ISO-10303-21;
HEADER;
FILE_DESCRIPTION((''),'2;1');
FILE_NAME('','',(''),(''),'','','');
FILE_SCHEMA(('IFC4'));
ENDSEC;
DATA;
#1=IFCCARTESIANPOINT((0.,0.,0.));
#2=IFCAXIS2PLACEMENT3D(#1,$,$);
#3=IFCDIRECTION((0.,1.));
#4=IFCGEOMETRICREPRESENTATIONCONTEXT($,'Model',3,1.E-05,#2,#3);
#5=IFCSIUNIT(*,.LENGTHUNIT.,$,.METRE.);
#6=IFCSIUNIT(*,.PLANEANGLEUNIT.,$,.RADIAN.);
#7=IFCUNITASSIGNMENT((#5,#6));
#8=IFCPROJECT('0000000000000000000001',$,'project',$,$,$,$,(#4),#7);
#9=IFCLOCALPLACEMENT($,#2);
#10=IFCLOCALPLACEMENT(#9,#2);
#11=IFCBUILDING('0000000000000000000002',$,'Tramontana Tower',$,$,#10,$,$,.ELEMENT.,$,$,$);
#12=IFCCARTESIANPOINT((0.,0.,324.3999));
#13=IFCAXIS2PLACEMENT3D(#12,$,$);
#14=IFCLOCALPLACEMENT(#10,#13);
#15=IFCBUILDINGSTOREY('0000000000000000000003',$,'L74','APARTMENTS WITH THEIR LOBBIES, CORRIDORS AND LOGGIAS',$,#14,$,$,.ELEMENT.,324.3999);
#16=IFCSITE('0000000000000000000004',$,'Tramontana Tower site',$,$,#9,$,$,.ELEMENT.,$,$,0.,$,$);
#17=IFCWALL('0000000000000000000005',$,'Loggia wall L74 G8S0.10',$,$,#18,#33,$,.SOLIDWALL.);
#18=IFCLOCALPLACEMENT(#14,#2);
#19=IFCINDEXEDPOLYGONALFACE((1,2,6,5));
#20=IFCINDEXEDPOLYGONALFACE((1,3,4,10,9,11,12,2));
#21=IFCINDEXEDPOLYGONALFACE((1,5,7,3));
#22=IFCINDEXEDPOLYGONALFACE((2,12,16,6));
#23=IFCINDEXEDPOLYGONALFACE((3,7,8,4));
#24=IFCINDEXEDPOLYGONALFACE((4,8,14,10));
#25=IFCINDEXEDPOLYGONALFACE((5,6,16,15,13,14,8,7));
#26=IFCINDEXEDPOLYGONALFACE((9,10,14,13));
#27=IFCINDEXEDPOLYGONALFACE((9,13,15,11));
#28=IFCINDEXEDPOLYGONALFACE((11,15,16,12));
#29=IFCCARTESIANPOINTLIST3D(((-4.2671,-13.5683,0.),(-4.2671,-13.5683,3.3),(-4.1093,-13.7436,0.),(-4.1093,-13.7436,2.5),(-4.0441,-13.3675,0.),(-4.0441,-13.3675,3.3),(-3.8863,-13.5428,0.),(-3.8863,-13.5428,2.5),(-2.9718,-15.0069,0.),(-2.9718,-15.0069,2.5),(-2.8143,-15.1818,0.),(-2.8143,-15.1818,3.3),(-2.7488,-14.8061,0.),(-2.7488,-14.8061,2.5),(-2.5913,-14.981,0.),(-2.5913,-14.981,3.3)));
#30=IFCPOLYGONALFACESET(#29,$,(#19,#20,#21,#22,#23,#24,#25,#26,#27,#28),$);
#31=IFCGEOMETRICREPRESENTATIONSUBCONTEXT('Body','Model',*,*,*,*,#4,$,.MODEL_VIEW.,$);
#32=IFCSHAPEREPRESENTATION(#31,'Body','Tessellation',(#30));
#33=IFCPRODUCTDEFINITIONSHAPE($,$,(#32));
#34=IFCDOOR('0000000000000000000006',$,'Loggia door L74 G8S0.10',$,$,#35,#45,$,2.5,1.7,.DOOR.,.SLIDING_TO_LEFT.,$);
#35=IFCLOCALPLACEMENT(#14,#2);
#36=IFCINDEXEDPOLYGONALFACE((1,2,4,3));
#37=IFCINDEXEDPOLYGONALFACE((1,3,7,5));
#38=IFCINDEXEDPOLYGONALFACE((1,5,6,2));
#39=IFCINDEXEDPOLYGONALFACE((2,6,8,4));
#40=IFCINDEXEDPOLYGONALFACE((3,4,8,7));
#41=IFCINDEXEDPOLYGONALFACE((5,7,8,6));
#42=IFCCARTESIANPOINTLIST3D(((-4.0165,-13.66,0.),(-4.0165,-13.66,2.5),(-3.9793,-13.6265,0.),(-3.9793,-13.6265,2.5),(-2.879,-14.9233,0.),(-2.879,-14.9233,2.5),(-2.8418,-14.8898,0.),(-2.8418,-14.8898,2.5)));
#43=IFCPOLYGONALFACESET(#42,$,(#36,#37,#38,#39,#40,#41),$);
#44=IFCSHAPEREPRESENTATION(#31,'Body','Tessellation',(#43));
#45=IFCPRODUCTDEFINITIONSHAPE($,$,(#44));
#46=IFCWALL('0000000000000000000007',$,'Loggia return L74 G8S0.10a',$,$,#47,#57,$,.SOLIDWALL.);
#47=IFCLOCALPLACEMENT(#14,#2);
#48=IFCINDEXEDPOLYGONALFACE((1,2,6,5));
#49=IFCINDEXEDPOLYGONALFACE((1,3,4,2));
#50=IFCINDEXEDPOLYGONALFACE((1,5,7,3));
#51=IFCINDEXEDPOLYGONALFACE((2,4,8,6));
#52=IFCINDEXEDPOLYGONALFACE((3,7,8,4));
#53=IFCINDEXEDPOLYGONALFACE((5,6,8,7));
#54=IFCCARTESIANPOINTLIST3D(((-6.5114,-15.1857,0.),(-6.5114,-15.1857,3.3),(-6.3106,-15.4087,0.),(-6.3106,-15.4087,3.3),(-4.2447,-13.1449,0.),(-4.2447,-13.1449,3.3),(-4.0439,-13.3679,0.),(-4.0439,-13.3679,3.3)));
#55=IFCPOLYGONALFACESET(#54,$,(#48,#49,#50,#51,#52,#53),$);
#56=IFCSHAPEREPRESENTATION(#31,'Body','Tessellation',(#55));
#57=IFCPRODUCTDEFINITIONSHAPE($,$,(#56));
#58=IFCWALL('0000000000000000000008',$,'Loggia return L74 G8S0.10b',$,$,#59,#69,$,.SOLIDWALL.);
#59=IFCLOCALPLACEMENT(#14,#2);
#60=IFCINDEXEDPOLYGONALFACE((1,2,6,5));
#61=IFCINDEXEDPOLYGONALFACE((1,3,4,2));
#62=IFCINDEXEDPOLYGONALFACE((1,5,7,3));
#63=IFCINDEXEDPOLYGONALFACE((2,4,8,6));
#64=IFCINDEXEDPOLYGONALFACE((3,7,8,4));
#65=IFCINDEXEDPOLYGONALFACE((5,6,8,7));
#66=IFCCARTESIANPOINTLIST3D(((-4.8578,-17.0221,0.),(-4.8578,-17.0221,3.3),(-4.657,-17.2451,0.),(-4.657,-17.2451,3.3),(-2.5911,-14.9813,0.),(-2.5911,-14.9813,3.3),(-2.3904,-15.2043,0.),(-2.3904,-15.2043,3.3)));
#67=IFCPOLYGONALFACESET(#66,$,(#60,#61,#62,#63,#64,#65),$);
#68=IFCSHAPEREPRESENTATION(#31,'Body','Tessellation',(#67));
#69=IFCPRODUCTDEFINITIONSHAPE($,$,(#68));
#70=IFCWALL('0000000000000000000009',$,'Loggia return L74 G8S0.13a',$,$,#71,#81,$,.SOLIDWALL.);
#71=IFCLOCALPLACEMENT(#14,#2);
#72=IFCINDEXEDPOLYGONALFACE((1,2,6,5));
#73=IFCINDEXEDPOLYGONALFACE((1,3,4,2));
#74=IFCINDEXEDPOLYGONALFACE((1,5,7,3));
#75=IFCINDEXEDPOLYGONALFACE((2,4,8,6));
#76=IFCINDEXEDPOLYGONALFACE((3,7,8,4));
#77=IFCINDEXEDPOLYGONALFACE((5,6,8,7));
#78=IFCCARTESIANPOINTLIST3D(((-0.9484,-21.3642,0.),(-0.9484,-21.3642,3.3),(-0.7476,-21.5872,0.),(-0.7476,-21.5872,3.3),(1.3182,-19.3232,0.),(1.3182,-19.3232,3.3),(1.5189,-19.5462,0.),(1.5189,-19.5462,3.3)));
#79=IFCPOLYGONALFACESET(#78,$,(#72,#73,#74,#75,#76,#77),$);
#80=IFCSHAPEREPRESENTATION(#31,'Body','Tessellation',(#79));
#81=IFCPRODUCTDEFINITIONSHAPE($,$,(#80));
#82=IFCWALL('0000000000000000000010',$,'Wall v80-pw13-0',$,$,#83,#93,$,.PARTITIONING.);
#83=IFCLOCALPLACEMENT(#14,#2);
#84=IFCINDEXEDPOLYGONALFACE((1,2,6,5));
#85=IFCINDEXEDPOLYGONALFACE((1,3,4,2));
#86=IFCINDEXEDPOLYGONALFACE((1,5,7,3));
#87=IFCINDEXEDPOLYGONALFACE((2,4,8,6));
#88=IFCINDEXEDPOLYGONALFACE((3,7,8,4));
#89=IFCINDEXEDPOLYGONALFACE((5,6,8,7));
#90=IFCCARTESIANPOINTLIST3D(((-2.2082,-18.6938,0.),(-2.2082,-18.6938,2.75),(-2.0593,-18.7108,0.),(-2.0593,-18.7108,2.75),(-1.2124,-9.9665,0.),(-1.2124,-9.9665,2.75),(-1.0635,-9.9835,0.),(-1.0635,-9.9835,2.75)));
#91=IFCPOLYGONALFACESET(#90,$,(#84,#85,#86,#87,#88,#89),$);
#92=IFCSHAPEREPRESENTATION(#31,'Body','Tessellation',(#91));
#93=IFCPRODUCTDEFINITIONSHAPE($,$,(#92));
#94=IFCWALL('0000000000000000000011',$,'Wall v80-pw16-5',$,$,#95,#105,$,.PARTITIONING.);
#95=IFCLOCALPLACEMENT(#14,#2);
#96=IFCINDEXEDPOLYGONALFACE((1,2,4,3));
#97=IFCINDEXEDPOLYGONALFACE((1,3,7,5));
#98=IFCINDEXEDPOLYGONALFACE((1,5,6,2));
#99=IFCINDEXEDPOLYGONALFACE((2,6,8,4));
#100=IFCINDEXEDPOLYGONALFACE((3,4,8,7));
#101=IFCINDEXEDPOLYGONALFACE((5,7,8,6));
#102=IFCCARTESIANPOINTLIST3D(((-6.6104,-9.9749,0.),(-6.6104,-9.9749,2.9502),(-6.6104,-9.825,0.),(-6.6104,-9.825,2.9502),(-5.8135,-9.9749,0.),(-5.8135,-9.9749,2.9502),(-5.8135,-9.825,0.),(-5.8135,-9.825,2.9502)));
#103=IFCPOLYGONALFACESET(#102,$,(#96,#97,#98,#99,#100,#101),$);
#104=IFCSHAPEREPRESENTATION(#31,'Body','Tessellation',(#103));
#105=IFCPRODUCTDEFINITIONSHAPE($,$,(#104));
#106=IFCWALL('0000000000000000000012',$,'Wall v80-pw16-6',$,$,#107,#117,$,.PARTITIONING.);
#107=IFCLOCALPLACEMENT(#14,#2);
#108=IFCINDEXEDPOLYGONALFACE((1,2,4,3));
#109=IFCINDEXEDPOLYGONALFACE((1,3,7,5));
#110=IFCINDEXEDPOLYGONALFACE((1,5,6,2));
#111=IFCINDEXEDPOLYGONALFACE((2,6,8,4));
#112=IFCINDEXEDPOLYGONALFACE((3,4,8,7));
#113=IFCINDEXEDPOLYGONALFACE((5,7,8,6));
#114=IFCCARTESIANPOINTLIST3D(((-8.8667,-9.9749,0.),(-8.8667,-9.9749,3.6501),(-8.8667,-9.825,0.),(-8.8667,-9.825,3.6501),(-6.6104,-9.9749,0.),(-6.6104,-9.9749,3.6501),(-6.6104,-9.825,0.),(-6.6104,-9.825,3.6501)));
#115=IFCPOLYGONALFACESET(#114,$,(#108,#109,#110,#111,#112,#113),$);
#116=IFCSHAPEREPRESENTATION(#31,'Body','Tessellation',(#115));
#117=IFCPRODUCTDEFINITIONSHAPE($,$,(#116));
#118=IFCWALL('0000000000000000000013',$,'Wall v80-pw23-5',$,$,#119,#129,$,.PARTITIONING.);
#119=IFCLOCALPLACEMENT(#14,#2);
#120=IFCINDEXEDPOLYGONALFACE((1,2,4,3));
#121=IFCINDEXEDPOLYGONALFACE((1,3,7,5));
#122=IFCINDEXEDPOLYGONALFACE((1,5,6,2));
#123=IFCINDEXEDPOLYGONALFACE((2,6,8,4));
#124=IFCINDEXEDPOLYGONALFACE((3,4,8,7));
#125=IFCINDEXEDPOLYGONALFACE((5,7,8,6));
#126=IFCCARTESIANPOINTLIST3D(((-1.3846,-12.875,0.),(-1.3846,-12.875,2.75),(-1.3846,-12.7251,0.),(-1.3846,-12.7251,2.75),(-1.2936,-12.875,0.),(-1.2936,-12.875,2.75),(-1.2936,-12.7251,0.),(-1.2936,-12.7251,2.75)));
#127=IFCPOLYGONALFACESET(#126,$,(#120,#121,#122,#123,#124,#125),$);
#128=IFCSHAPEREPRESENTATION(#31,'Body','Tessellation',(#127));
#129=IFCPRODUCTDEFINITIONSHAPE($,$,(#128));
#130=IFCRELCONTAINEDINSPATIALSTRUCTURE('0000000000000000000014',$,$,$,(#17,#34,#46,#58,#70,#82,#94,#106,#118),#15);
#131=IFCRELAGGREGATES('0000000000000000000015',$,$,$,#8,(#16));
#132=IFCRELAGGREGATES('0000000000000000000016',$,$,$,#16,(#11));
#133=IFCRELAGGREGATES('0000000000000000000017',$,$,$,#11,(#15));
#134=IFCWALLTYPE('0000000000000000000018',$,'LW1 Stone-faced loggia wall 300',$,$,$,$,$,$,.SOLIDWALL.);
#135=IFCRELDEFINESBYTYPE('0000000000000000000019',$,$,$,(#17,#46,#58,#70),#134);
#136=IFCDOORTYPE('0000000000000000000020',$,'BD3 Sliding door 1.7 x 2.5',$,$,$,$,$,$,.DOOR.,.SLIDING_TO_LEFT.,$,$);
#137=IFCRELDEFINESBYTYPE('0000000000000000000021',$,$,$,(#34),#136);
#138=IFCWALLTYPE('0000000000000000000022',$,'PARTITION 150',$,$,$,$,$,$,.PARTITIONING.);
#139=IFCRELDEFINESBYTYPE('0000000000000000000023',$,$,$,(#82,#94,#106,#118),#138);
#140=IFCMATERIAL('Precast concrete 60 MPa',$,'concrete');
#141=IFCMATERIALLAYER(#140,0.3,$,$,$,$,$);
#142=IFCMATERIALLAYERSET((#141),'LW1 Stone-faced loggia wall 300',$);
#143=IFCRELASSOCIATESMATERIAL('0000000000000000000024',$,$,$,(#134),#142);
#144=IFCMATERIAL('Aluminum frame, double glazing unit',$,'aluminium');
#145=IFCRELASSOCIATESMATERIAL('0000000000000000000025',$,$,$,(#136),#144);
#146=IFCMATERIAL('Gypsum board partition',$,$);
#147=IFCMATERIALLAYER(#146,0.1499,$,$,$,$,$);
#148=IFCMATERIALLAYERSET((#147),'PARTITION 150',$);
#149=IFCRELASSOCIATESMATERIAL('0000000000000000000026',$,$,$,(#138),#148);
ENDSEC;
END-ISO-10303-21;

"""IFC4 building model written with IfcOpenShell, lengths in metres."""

from ifc_helpers import new_model, si_unit, direction, frame, frame_2d, origin, place, context, subcontext, project, spatial, rectangle, extrude, material, layer, layer_set, type_object, element, fill, save


model = new_model("IFC4")

# Units and contexts
model_context = context("Model", 3, precision=1e-05, world=origin(), true_north=direction((0.0, 1.0)))
body_context = subcontext(model_context, "Body", "Model", "MODEL_VIEW")
ifc_project = project(units=[si_unit("LENGTHUNIT", "METRE"), si_unit("PLANEANGLEUNIT", "RADIAN")], contexts=[model_context])

# Site, building, storey
site_placement = place(None, origin())
site = spatial("IfcSite", under=ifc_project, at=site_placement, Name="Tramontana Tower site", CompositionType="ELEMENT", RefElevation=0.0)
building_placement = place(site_placement, origin())
building = spatial("IfcBuilding", under=site, at=building_placement, Name="Tramontana Tower", CompositionType="ELEMENT")
storey_placement = place(building_placement, frame((0.0, 0.0, 324.3999)))
storey = spatial("IfcBuildingStorey", under=building, at=storey_placement, Name="L74", Description="APARTMENTS WITH THEIR LOBBIES, CORRIDORS AND LOGGIAS", CompositionType="ELEMENT", Elevation=324.3999)

# Wall, opening, door
ifc_material_1 = material(Name="Precast concrete 60 MPa", Category="concrete")
ifc_layer_1 = layer(ifc_material_1, 0.3)
ifc_layer_set_1 = layer_set([ifc_layer_1], Name="LW1 Stone-faced loggia wall 300")
wall_type_1 = type_object("IfcWallType", Name="LW1 Stone-faced loggia wall 300", PredefinedType="SOLIDWALL", material=ifc_layer_set_1)
wall_1_placement = place(storey_placement, frame((-4.1555, -13.468, 0.0), z_axis=(0.0, 0.0, 1.0), x_axis=(0.669145, -0.743132, 0.0)))
wall_1 = element("IfcWall", 1, at=wall_1_placement, inside=storey, type_object=wall_type_1, Name="Loggia wall L74 G8S0.10", PredefinedType="SOLIDWALL", context=body_context, shape_type="SweptSolid", body=[
    extrude(rectangle(XDim=2.1711, YDim=0.3, at=frame_2d((1.0854, 0.0))), origin(), (0.0, 0.0, 1.0), 3.3),
])
opening_1_placement = place(wall_1_placement, frame((0.2356, 0.0, 0.0)))
opening_1 = element("IfcOpeningElement", 2, at=opening_1_placement, cuts=wall_1, PredefinedType="OPENING", context=body_context, shape_type="SweptSolid", body=[
    extrude(rectangle(XDim=1.7, YDim=2.5, at=frame_2d((0.8501, 1.25))), frame((0.0, 0.1599, 0.0), z_axis=(0.0, -1.0, 0.0), x_axis=(1.0, 0.0, 0.0)), (0.0, 0.0, 1.0), 0.3201),
])
ifc_material_2 = material(Name="Aluminum frame, double glazing unit", Category="aluminium")
door_type_1 = type_object("IfcDoorType", Name="BD3 Sliding door 1.7 x 2.5", OperationType="SLIDING_TO_LEFT", PredefinedType="DOOR", material=ifc_material_2)
door_1_placement = place(opening_1_placement, origin())
door_1 = element("IfcDoor", 3, at=door_1_placement, inside=storey, type_object=door_type_1, Name="Loggia door L74 G8S0.10", OperationType="SLIDING_TO_LEFT", OverallHeight=2.5, OverallWidth=1.7, PredefinedType="DOOR", context=body_context, shape_type="SweptSolid", body=[
    extrude(rectangle(XDim=1.7, YDim=2.5, at=frame_2d((0.8501, 1.25))), frame((0.0, 0.0249, 0.0), z_axis=(0.0, -1.0, 0.0), x_axis=(1.0, 0.0, 0.0)), (0.0, 0.0, 1.0), 0.05),
])
fill(opening_1, door_1)

# Walls
for number, where, z_axis, x_axis, name in (
    (4, (-6.4109, -15.2971, 0.0), (0.0, 0.0, 1.0), (0.743159, 0.669115, 0.0), "Loggia return L74 G8S0.10a"),
    (5, (-4.7573, -17.1335, 0.0), (0.0, 0.0, 1.0), (0.743159, 0.669115, 0.0), "Loggia return L74 G8S0.10b"),
    (6, (-0.8479, -21.4756, 0.0), (0.0, 0.0, 1.0), (0.743119, 0.669159, 0.0), "Loggia return L74 G8S0.13a"),
):
    element("IfcWall", number, at=place(storey_placement, frame(where, z_axis=z_axis, x_axis=x_axis)), inside=storey, type_object=wall_type_1, Name=name, PredefinedType="SOLIDWALL", context=body_context, shape_type="SweptSolid", body=[
        extrude(rectangle(XDim=3.05, YDim=0.3, at=frame_2d((1.5249, 0.0))), origin(), (0.0, 0.0, 1.0), 3.3),
    ])

# Shared definitions
ifc_material_3 = material(Name="Gypsum board partition")
ifc_layer_2 = layer(ifc_material_3, 0.1499)
ifc_layer_set_2 = layer_set([ifc_layer_2], Name="PARTITION 150")
wall_type_2 = type_object("IfcWallType", Name="PARTITION 150", PredefinedType="PARTITIONING", material=ifc_layer_set_2)

# Walls
wall_2_placement = place(storey_placement, frame((-2.1338, -18.7024, 0.0), z_axis=(0.0, 0.0, 1.0), x_axis=(0.113372, 0.993553, 0.0)))
element("IfcWall", 7, at=wall_2_placement, inside=storey, type_object=wall_type_2, Name="Wall v80-pw13-0", PredefinedType="PARTITIONING", context=body_context, shape_type="SweptSolid", body=[
    extrude(rectangle(XDim=8.7839, YDim=0.1499, at=frame_2d((4.3921, 0.0))), origin(), (0.0, 0.0, 1.0), 2.75),
])
wall_3_placement = place(storey_placement, frame((-5.8135, -9.8999, 0.0), z_axis=(0.0, 0.0, 1.0), x_axis=(-1.0, 0.0, 0.0)))
element("IfcWall", 8, at=wall_3_placement, inside=storey, type_object=wall_type_2, Name="Wall v80-pw16-5", PredefinedType="PARTITIONING", context=body_context, shape_type="SweptSolid", body=[
    extrude(rectangle(XDim=0.7969, YDim=0.1499, at=frame_2d((0.3984, 0.0))), origin(), (0.0, 0.0, 1.0), 2.9502),
])
wall_4_placement = place(storey_placement, frame((-6.6104, -9.8999, 0.0), z_axis=(0.0, 0.0, 1.0), x_axis=(-1.0, 0.0, 0.0)))
element("IfcWall", 9, at=wall_4_placement, inside=storey, type_object=wall_type_2, Name="Wall v80-pw16-6", PredefinedType="PARTITIONING", context=body_context, shape_type="SweptSolid", body=[
    extrude(rectangle(XDim=2.2563, YDim=0.1499, at=frame_2d((1.1282, 0.0))), origin(), (0.0, 0.0, 1.0), 3.6501),
])
wall_5_placement = place(storey_placement, frame((-1.2937, -12.8, 0.0), z_axis=(0.0, 0.0, 1.0), x_axis=(-1.0, 0.0, 0.0)))
element("IfcWall", 10, at=wall_5_placement, inside=storey, type_object=wall_type_2, Name="Wall v80-pw23-5", PredefinedType="PARTITIONING", context=body_context, shape_type="SweptSolid", body=[
    extrude(rectangle(XDim=0.0911, YDim=0.1499, at=frame_2d((0.0454, 0.0))), origin(), (0.0, 0.0, 1.0), 2.75),
])

save(model, "model.ifc")
